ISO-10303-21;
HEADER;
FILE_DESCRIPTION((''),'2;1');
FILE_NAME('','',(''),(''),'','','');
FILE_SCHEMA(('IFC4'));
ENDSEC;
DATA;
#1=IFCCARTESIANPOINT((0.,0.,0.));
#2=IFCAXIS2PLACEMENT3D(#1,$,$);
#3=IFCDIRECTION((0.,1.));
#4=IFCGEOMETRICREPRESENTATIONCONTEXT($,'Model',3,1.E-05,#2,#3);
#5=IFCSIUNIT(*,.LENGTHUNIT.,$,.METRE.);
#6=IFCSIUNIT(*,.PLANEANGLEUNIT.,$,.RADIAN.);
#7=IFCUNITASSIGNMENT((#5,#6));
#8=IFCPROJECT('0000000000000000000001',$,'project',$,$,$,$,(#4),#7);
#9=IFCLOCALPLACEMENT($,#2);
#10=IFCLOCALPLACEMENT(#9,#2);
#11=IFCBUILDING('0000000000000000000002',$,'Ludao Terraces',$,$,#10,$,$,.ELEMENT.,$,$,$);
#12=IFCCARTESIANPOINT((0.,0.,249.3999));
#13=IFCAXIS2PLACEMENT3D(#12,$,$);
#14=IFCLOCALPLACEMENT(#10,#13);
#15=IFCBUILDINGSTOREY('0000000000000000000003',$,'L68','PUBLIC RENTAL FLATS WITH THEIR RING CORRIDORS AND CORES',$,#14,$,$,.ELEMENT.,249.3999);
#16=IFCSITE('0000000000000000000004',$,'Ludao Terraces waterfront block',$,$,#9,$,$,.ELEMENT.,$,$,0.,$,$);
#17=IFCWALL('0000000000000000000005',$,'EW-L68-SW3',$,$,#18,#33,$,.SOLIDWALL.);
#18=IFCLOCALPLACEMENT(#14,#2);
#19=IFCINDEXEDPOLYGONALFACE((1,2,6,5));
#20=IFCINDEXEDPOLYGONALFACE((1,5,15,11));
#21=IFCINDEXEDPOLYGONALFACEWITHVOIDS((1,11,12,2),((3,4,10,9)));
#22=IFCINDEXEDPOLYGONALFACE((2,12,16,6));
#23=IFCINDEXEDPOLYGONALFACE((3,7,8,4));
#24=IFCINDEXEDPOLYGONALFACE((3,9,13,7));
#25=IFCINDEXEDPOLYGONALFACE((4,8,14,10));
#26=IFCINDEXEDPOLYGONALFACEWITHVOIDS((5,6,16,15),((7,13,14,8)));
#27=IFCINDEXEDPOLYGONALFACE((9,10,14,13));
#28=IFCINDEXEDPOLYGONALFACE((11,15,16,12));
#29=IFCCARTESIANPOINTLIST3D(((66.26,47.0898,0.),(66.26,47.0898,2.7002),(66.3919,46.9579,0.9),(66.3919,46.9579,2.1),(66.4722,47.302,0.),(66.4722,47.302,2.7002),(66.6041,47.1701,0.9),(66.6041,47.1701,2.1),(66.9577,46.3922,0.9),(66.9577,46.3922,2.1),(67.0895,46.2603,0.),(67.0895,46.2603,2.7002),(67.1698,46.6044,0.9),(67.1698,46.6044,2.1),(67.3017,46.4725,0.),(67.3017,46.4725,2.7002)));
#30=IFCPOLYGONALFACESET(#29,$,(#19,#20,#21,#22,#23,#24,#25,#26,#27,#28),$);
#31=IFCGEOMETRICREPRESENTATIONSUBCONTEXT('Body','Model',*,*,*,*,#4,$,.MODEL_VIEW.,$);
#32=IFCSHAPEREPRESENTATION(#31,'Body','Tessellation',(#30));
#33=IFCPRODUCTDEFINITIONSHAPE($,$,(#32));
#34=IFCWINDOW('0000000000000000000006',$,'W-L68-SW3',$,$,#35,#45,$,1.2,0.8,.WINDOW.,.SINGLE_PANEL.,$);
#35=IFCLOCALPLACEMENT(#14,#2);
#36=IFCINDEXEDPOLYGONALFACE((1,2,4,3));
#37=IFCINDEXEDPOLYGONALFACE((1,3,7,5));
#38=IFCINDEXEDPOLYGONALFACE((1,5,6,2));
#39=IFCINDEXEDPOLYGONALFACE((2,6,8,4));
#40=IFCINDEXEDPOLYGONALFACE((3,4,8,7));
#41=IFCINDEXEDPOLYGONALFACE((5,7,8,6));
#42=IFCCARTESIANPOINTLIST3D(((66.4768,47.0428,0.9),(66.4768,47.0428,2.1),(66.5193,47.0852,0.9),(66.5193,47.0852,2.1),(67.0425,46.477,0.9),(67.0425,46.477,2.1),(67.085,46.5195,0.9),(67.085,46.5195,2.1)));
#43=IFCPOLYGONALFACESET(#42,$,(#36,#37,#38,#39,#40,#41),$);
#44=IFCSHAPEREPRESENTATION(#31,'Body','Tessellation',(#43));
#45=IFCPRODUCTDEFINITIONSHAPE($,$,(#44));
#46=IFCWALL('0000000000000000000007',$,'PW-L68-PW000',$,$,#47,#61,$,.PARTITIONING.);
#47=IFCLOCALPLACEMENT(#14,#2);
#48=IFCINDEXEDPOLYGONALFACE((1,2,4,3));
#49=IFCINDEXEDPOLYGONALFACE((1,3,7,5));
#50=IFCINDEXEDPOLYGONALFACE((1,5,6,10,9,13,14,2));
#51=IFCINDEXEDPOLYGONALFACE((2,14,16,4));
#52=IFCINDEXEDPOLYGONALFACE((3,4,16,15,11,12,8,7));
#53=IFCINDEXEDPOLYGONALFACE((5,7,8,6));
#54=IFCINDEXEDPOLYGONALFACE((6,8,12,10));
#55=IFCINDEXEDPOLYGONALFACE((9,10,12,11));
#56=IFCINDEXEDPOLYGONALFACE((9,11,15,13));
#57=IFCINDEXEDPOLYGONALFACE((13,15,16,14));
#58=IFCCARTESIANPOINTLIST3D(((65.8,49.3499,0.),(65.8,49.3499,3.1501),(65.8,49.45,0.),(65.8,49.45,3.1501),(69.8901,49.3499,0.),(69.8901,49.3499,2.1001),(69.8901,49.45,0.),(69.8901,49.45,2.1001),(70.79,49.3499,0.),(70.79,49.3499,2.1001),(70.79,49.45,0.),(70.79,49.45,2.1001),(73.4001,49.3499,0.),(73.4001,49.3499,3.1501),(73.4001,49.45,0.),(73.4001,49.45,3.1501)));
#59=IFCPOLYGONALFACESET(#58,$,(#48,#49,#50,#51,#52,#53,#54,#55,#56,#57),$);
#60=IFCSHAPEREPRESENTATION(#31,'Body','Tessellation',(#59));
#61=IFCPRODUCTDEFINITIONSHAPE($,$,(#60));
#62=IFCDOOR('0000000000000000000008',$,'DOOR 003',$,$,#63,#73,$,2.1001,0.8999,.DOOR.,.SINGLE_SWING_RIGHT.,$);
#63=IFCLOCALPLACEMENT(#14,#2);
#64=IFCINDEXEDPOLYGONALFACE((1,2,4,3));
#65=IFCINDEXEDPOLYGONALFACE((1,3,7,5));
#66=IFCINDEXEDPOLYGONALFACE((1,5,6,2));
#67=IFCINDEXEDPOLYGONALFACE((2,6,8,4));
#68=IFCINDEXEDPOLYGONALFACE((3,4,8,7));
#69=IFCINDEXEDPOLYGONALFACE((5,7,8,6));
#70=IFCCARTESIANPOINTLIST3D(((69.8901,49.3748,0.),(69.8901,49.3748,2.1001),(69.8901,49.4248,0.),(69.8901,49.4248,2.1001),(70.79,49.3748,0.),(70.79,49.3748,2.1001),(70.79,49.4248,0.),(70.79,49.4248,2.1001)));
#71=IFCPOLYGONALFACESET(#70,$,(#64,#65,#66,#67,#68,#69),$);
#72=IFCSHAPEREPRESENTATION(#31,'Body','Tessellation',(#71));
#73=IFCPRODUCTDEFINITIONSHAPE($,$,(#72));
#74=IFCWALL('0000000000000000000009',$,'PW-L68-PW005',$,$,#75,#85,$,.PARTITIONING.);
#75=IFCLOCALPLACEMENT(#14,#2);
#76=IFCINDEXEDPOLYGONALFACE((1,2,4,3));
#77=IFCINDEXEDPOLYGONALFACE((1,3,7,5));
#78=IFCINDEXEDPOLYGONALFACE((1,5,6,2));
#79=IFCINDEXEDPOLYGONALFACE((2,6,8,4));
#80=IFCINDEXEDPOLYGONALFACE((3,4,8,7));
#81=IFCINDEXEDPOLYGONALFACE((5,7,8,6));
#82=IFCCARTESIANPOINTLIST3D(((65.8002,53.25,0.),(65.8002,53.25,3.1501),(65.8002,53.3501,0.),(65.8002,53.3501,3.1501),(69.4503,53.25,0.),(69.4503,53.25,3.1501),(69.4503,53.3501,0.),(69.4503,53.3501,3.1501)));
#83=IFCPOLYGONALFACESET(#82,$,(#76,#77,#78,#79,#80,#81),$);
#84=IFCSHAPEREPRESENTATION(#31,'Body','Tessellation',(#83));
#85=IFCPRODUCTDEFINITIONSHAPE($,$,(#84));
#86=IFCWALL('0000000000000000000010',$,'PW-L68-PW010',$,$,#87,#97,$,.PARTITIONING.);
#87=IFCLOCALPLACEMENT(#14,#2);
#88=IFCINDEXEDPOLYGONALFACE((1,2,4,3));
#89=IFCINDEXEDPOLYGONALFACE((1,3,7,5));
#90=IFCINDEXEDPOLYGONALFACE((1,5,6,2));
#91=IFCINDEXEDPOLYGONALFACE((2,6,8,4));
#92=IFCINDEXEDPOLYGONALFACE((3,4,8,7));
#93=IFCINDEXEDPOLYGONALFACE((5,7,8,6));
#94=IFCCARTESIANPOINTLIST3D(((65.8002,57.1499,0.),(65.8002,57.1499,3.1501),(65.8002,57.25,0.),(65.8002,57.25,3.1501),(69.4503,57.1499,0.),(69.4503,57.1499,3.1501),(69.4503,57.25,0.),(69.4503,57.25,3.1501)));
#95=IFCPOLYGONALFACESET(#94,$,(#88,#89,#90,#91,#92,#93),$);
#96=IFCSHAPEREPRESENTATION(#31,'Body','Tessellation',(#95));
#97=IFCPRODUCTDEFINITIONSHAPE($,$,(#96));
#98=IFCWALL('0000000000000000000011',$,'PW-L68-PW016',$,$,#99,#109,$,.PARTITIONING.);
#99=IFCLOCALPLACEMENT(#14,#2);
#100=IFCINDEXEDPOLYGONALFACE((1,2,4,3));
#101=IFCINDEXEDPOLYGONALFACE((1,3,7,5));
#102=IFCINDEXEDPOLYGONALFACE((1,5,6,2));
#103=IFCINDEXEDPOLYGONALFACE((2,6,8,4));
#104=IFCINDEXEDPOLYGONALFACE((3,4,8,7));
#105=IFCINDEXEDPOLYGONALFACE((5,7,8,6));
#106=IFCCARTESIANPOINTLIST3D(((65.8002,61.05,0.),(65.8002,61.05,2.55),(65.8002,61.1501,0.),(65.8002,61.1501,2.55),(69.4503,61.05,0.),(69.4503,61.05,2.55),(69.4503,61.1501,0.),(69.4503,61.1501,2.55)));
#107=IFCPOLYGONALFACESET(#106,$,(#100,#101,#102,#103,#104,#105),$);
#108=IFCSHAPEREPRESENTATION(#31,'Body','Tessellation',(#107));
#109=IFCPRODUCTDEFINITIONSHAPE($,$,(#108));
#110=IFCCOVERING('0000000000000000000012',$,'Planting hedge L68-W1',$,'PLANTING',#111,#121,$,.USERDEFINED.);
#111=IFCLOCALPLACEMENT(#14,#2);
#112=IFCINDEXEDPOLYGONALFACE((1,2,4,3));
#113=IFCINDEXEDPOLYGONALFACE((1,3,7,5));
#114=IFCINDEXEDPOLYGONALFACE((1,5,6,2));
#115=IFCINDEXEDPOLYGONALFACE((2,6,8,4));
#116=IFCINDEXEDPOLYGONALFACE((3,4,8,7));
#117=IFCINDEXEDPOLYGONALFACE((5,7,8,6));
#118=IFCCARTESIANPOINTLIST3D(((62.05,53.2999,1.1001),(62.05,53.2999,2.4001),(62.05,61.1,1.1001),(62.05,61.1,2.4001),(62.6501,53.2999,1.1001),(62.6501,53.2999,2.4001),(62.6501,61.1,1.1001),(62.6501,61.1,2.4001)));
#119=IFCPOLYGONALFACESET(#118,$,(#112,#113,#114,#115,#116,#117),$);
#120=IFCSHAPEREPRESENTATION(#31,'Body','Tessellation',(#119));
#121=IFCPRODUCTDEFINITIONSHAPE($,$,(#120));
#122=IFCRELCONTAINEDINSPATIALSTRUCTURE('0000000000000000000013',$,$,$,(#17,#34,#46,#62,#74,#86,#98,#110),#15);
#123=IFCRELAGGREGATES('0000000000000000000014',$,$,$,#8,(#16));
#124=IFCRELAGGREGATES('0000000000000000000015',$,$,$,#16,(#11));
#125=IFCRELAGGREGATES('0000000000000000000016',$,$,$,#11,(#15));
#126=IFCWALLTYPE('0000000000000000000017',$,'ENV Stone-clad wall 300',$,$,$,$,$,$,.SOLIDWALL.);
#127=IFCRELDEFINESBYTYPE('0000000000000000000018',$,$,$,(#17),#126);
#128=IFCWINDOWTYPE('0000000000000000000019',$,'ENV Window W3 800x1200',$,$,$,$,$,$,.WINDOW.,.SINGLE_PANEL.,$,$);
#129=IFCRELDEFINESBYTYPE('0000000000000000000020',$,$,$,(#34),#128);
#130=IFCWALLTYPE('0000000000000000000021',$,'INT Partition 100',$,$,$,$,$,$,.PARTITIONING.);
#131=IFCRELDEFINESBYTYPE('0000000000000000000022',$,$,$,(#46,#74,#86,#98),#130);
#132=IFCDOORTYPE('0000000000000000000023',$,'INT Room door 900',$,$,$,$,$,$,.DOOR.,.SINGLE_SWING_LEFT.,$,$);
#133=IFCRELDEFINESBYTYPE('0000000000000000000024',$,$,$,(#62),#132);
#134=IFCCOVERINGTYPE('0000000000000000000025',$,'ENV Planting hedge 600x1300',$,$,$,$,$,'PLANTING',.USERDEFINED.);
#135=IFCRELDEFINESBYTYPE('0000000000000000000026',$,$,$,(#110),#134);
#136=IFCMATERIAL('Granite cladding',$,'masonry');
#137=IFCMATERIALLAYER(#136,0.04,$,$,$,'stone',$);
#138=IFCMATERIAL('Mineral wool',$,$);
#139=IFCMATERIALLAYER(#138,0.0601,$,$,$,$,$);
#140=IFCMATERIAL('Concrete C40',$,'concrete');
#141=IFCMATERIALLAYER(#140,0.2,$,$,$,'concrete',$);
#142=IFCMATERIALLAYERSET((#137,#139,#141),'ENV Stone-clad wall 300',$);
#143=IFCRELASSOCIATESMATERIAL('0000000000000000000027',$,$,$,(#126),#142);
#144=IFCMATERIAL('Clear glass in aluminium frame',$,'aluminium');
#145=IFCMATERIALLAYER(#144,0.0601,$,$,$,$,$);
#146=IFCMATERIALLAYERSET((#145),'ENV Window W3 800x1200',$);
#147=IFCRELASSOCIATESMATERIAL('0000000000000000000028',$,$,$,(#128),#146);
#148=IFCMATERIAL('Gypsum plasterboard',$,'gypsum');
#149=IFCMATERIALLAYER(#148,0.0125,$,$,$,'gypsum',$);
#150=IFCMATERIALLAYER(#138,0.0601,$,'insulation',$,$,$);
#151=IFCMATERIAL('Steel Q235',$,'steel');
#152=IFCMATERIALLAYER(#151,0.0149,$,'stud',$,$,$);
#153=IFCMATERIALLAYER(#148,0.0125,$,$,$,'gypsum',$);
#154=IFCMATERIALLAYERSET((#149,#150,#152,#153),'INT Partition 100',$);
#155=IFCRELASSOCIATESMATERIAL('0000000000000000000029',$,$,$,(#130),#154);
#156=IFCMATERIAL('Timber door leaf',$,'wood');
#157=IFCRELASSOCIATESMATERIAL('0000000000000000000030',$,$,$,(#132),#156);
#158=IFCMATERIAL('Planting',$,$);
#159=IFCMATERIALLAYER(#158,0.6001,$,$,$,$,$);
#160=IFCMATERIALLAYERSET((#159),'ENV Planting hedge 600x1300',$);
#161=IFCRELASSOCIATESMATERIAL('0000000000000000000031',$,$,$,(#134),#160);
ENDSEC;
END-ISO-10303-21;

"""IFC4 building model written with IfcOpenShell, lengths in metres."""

from ifc_helpers import new_model, si_unit, direction, frame, frame_2d, origin, origin_2d, place, context, subcontext, project, spatial, rectangle, extrude, material, layer, layer_set, type_object, element, fill, save


model = new_model("IFC4")

# Units and contexts
model_context = context("Model", 3, precision=1e-05, world=origin(), true_north=direction((0.0, 1.0)))
body_context = subcontext(model_context, "Body", "Model", "MODEL_VIEW")
ifc_project = project(units=[si_unit("LENGTHUNIT", "METRE"), si_unit("PLANEANGLEUNIT", "RADIAN")], contexts=[model_context])

# Site, building, storey
site_placement = place(None, origin())
site = spatial("IfcSite", under=ifc_project, at=site_placement, Name="Ludao Terraces waterfront block", CompositionType="ELEMENT", RefElevation=0.0)
building_placement = place(site_placement, origin())
building = spatial("IfcBuilding", under=site, at=building_placement, Name="Ludao Terraces", CompositionType="ELEMENT")
storey_placement = place(building_placement, frame((0.0, 0.0, 249.3999)))
storey = spatial("IfcBuildingStorey", under=building, at=storey_placement, Name="L68", Description="PUBLIC RENTAL FLATS WITH THEIR RING CORRIDORS AND CORES", CompositionType="ELEMENT", Elevation=249.3999)

# Shared definitions
ifc_material_1 = material(Name="Concrete C40", Category="concrete")

# Shared definitions
ifc_material_2 = material(Name="Granite cladding", Category="masonry")
ifc_layer_1 = layer(ifc_material_2, 0.04, Category="stone")
ifc_material_3 = material(Name="Mineral wool")
ifc_layer_2 = layer(ifc_material_3, 0.0601)
ifc_layer_3 = layer(ifc_material_1, 0.2, Category="concrete")
ifc_layer_set_1 = layer_set([ifc_layer_1, ifc_layer_2, ifc_layer_3], Name="ENV Stone-clad wall 300")
wall_type_1 = type_object("IfcWallType", Name="ENV Stone-clad wall 300", PredefinedType="SOLIDWALL", material=ifc_layer_set_1)
ifc_material_4 = material(Name="Clear glass in aluminium frame", Category="aluminium")

# Wall, opening, window
ifc_layer_4 = layer(ifc_material_4, 0.0601)
ifc_layer_set_2 = layer_set([ifc_layer_4], Name="ENV Window W3 800x1200")
window_type_1 = type_object("IfcWindowType", Name="ENV Window W3 800x1200", PartitioningType="SINGLE_PANEL", PredefinedType="WINDOW", material=ifc_layer_set_2)
wall_1_placement = place(storey_placement, frame((66.3662, 47.1958, 0.0), z_axis=(0.0, 0.0, 1.0), x_axis=(0.707107, -0.707107, 0.0)))
wall_1 = element("IfcWall", 1, at=wall_1_placement, inside=storey, type_object=wall_type_1, Name="EW-L68-SW3", PredefinedType="SOLIDWALL", context=body_context, shape_type="SweptSolid", body=[
    extrude(rectangle(XDim=1.1731, YDim=0.3, at=frame_2d((0.5864, 0.0))), origin(), (0.0, 0.0, 1.0), 2.7002),
])
opening_1_placement = place(wall_1_placement, frame((0.1865, 0.0, 0.8999)))
opening_1 = element("IfcOpeningElement", 2, at=opening_1_placement, cuts=wall_1, PredefinedType="OPENING", context=body_context, shape_type="SweptSolid", body=[
    extrude(rectangle(XDim=0.8, YDim=1.2, at=frame_2d((0.3999, 0.6001))), frame((0.0, 0.1602, 0.0), z_axis=(0.0, -1.0, 0.0), x_axis=(1.0, 0.0, 0.0)), (0.0, 0.0, 1.0), 0.3201),
])
window_1_placement = place(opening_1_placement, origin())
window_1 = element("IfcWindow", 3, at=window_1_placement, inside=storey, type_object=window_type_1, Name="W-L68-SW3", OverallHeight=1.2, OverallWidth=0.8, PartitioningType="SINGLE_PANEL", PredefinedType="WINDOW", context=body_context, shape_type="SweptSolid", body=[
    extrude(rectangle(XDim=0.8, YDim=1.2, at=frame_2d((0.3999, 0.6001))), frame((0.0, 0.03, 0.0), z_axis=(0.0, -1.0, 0.0), x_axis=(1.0, 0.0, 0.0)), (0.0, 0.0, 1.0), 0.0601),
])
fill(opening_1, window_1)

# Wall, opening, door
ifc_material_5 = material(Name="Gypsum plasterboard", Category="gypsum")
ifc_layer_5 = layer(ifc_material_5, 0.0125, Category="gypsum")
ifc_layer_6 = layer(ifc_material_3, 0.0601, Name="insulation")
ifc_material_6 = material(Name="Steel Q235", Category="steel")
ifc_layer_7 = layer(ifc_material_6, 0.0149, Name="stud")
ifc_layer_8 = layer(ifc_material_5, 0.0125, Category="gypsum")
ifc_layer_set_3 = layer_set([ifc_layer_5, ifc_layer_6, ifc_layer_7, ifc_layer_8], Name="INT Partition 100")
wall_type_2 = type_object("IfcWallType", Name="INT Partition 100", PredefinedType="PARTITIONING", material=ifc_layer_set_3)
wall_2_placement = place(storey_placement, frame((65.8, 49.3999, 0.0), z_axis=(0.0, 0.0, 1.0), x_axis=(1.0, 0.0, 0.0)))
wall_2 = element("IfcWall", 4, at=wall_2_placement, inside=storey, type_object=wall_type_2, Name="PW-L68-PW000", PredefinedType="PARTITIONING", context=body_context, shape_type="SweptSolid", body=[
    extrude(rectangle(XDim=7.6001, YDim=0.1001, at=frame_2d((3.8, 0.0))), origin(), (0.0, 0.0, 1.0), 3.1501),
])
opening_2_placement = place(wall_2_placement, frame((4.0901, 0.0, 0.0)))
opening_2 = element("IfcOpeningElement", 5, at=opening_2_placement, cuts=wall_2, PredefinedType="OPENING", context=body_context, shape_type="SweptSolid", body=[
    extrude(rectangle(XDim=0.8999, YDim=2.1001, at=frame_2d((0.45, 1.05))), frame((0.0, 0.0601, 0.0), z_axis=(0.0, -1.0, 0.0), x_axis=(1.0, 0.0, 0.0)), (0.0, 0.0, 1.0), 0.1201),
])
ifc_material_7 = material(Name="Timber door leaf", Category="wood")
door_type_1 = type_object("IfcDoorType", Name="INT Room door 900", OperationType="SINGLE_SWING_LEFT", PredefinedType="DOOR", material=ifc_material_7)
door_1_placement = place(opening_2_placement, origin())
door_1 = element("IfcDoor", 6, at=door_1_placement, inside=storey, type_object=door_type_1, Name="DOOR 003", OperationType="SINGLE_SWING_RIGHT", OverallHeight=2.1001, OverallWidth=0.8999, PredefinedType="DOOR", context=body_context, shape_type="SweptSolid", body=[
    extrude(rectangle(XDim=0.8999, YDim=2.1001, at=frame_2d((0.45, 1.05))), frame((0.0, 0.0249, 0.0), z_axis=(0.0, -1.0, 0.0), x_axis=(1.0, 0.0, 0.0)), (0.0, 0.0, 1.0), 0.05),
])
fill(opening_2, door_1)

# Walls
for number, where, z_axis, x_axis, name in (
    (7, (65.8, 53.3, 0.0), (0.0, 0.0, 1.0), (1.0, 0.0, 0.0), "PW-L68-PW005"),
    (8, (65.8, 57.2, 0.0), (0.0, 0.0, 1.0), (1.0, 0.0, 0.0), "PW-L68-PW010"),
):
    element("IfcWall", number, at=place(storey_placement, frame(where, z_axis=z_axis, x_axis=x_axis)), inside=storey, type_object=wall_type_2, Name=name, PredefinedType="PARTITIONING", context=body_context, shape_type="SweptSolid", body=[
        extrude(rectangle(XDim=3.6501, YDim=0.1001, at=frame_2d((1.8252, 0.0))), origin(), (0.0, 0.0, 1.0), 3.1501),
    ])
wall_3_placement = place(storey_placement, frame((65.8, 61.1001, 0.0), z_axis=(0.0, 0.0, 1.0), x_axis=(1.0, 0.0, 0.0)))
element("IfcWall", 9, at=wall_3_placement, inside=storey, type_object=wall_type_2, Name="PW-L68-PW016", PredefinedType="PARTITIONING", context=body_context, shape_type="SweptSolid", body=[
    extrude(rectangle(XDim=3.6501, YDim=0.1001, at=frame_2d((1.8252, 0.0))), origin(), (0.0, 0.0, 1.0), 2.55),
])

# Covering
ifc_material_8 = material(Name="Planting")
ifc_layer_9 = layer(ifc_material_8, 0.6001)
ifc_layer_set_4 = layer_set([ifc_layer_9], Name="ENV Planting hedge 600x1300")
covering_type = type_object("IfcCoveringType", Name="ENV Planting hedge 600x1300", ElementType="PLANTING", PredefinedType="USERDEFINED", material=ifc_layer_set_4)
covering_placement = place(storey_placement, frame((62.3501, 57.2, 1.1001), z_axis=(0.0, 0.0, 1.0), x_axis=(1.0, 0.0, 0.0)))
element("IfcCovering", 10, at=covering_placement, inside=storey, type_object=covering_type, Name="Planting hedge L68-W1", ObjectType="PLANTING", PredefinedType="USERDEFINED", context=body_context, shape_type="SweptSolid", body=[
    extrude(rectangle(XDim=0.6001, YDim=7.8, at=origin_2d()), origin(), (0.0, 0.0, 1.0), 1.3),
])

save(model, "model.ifc")
